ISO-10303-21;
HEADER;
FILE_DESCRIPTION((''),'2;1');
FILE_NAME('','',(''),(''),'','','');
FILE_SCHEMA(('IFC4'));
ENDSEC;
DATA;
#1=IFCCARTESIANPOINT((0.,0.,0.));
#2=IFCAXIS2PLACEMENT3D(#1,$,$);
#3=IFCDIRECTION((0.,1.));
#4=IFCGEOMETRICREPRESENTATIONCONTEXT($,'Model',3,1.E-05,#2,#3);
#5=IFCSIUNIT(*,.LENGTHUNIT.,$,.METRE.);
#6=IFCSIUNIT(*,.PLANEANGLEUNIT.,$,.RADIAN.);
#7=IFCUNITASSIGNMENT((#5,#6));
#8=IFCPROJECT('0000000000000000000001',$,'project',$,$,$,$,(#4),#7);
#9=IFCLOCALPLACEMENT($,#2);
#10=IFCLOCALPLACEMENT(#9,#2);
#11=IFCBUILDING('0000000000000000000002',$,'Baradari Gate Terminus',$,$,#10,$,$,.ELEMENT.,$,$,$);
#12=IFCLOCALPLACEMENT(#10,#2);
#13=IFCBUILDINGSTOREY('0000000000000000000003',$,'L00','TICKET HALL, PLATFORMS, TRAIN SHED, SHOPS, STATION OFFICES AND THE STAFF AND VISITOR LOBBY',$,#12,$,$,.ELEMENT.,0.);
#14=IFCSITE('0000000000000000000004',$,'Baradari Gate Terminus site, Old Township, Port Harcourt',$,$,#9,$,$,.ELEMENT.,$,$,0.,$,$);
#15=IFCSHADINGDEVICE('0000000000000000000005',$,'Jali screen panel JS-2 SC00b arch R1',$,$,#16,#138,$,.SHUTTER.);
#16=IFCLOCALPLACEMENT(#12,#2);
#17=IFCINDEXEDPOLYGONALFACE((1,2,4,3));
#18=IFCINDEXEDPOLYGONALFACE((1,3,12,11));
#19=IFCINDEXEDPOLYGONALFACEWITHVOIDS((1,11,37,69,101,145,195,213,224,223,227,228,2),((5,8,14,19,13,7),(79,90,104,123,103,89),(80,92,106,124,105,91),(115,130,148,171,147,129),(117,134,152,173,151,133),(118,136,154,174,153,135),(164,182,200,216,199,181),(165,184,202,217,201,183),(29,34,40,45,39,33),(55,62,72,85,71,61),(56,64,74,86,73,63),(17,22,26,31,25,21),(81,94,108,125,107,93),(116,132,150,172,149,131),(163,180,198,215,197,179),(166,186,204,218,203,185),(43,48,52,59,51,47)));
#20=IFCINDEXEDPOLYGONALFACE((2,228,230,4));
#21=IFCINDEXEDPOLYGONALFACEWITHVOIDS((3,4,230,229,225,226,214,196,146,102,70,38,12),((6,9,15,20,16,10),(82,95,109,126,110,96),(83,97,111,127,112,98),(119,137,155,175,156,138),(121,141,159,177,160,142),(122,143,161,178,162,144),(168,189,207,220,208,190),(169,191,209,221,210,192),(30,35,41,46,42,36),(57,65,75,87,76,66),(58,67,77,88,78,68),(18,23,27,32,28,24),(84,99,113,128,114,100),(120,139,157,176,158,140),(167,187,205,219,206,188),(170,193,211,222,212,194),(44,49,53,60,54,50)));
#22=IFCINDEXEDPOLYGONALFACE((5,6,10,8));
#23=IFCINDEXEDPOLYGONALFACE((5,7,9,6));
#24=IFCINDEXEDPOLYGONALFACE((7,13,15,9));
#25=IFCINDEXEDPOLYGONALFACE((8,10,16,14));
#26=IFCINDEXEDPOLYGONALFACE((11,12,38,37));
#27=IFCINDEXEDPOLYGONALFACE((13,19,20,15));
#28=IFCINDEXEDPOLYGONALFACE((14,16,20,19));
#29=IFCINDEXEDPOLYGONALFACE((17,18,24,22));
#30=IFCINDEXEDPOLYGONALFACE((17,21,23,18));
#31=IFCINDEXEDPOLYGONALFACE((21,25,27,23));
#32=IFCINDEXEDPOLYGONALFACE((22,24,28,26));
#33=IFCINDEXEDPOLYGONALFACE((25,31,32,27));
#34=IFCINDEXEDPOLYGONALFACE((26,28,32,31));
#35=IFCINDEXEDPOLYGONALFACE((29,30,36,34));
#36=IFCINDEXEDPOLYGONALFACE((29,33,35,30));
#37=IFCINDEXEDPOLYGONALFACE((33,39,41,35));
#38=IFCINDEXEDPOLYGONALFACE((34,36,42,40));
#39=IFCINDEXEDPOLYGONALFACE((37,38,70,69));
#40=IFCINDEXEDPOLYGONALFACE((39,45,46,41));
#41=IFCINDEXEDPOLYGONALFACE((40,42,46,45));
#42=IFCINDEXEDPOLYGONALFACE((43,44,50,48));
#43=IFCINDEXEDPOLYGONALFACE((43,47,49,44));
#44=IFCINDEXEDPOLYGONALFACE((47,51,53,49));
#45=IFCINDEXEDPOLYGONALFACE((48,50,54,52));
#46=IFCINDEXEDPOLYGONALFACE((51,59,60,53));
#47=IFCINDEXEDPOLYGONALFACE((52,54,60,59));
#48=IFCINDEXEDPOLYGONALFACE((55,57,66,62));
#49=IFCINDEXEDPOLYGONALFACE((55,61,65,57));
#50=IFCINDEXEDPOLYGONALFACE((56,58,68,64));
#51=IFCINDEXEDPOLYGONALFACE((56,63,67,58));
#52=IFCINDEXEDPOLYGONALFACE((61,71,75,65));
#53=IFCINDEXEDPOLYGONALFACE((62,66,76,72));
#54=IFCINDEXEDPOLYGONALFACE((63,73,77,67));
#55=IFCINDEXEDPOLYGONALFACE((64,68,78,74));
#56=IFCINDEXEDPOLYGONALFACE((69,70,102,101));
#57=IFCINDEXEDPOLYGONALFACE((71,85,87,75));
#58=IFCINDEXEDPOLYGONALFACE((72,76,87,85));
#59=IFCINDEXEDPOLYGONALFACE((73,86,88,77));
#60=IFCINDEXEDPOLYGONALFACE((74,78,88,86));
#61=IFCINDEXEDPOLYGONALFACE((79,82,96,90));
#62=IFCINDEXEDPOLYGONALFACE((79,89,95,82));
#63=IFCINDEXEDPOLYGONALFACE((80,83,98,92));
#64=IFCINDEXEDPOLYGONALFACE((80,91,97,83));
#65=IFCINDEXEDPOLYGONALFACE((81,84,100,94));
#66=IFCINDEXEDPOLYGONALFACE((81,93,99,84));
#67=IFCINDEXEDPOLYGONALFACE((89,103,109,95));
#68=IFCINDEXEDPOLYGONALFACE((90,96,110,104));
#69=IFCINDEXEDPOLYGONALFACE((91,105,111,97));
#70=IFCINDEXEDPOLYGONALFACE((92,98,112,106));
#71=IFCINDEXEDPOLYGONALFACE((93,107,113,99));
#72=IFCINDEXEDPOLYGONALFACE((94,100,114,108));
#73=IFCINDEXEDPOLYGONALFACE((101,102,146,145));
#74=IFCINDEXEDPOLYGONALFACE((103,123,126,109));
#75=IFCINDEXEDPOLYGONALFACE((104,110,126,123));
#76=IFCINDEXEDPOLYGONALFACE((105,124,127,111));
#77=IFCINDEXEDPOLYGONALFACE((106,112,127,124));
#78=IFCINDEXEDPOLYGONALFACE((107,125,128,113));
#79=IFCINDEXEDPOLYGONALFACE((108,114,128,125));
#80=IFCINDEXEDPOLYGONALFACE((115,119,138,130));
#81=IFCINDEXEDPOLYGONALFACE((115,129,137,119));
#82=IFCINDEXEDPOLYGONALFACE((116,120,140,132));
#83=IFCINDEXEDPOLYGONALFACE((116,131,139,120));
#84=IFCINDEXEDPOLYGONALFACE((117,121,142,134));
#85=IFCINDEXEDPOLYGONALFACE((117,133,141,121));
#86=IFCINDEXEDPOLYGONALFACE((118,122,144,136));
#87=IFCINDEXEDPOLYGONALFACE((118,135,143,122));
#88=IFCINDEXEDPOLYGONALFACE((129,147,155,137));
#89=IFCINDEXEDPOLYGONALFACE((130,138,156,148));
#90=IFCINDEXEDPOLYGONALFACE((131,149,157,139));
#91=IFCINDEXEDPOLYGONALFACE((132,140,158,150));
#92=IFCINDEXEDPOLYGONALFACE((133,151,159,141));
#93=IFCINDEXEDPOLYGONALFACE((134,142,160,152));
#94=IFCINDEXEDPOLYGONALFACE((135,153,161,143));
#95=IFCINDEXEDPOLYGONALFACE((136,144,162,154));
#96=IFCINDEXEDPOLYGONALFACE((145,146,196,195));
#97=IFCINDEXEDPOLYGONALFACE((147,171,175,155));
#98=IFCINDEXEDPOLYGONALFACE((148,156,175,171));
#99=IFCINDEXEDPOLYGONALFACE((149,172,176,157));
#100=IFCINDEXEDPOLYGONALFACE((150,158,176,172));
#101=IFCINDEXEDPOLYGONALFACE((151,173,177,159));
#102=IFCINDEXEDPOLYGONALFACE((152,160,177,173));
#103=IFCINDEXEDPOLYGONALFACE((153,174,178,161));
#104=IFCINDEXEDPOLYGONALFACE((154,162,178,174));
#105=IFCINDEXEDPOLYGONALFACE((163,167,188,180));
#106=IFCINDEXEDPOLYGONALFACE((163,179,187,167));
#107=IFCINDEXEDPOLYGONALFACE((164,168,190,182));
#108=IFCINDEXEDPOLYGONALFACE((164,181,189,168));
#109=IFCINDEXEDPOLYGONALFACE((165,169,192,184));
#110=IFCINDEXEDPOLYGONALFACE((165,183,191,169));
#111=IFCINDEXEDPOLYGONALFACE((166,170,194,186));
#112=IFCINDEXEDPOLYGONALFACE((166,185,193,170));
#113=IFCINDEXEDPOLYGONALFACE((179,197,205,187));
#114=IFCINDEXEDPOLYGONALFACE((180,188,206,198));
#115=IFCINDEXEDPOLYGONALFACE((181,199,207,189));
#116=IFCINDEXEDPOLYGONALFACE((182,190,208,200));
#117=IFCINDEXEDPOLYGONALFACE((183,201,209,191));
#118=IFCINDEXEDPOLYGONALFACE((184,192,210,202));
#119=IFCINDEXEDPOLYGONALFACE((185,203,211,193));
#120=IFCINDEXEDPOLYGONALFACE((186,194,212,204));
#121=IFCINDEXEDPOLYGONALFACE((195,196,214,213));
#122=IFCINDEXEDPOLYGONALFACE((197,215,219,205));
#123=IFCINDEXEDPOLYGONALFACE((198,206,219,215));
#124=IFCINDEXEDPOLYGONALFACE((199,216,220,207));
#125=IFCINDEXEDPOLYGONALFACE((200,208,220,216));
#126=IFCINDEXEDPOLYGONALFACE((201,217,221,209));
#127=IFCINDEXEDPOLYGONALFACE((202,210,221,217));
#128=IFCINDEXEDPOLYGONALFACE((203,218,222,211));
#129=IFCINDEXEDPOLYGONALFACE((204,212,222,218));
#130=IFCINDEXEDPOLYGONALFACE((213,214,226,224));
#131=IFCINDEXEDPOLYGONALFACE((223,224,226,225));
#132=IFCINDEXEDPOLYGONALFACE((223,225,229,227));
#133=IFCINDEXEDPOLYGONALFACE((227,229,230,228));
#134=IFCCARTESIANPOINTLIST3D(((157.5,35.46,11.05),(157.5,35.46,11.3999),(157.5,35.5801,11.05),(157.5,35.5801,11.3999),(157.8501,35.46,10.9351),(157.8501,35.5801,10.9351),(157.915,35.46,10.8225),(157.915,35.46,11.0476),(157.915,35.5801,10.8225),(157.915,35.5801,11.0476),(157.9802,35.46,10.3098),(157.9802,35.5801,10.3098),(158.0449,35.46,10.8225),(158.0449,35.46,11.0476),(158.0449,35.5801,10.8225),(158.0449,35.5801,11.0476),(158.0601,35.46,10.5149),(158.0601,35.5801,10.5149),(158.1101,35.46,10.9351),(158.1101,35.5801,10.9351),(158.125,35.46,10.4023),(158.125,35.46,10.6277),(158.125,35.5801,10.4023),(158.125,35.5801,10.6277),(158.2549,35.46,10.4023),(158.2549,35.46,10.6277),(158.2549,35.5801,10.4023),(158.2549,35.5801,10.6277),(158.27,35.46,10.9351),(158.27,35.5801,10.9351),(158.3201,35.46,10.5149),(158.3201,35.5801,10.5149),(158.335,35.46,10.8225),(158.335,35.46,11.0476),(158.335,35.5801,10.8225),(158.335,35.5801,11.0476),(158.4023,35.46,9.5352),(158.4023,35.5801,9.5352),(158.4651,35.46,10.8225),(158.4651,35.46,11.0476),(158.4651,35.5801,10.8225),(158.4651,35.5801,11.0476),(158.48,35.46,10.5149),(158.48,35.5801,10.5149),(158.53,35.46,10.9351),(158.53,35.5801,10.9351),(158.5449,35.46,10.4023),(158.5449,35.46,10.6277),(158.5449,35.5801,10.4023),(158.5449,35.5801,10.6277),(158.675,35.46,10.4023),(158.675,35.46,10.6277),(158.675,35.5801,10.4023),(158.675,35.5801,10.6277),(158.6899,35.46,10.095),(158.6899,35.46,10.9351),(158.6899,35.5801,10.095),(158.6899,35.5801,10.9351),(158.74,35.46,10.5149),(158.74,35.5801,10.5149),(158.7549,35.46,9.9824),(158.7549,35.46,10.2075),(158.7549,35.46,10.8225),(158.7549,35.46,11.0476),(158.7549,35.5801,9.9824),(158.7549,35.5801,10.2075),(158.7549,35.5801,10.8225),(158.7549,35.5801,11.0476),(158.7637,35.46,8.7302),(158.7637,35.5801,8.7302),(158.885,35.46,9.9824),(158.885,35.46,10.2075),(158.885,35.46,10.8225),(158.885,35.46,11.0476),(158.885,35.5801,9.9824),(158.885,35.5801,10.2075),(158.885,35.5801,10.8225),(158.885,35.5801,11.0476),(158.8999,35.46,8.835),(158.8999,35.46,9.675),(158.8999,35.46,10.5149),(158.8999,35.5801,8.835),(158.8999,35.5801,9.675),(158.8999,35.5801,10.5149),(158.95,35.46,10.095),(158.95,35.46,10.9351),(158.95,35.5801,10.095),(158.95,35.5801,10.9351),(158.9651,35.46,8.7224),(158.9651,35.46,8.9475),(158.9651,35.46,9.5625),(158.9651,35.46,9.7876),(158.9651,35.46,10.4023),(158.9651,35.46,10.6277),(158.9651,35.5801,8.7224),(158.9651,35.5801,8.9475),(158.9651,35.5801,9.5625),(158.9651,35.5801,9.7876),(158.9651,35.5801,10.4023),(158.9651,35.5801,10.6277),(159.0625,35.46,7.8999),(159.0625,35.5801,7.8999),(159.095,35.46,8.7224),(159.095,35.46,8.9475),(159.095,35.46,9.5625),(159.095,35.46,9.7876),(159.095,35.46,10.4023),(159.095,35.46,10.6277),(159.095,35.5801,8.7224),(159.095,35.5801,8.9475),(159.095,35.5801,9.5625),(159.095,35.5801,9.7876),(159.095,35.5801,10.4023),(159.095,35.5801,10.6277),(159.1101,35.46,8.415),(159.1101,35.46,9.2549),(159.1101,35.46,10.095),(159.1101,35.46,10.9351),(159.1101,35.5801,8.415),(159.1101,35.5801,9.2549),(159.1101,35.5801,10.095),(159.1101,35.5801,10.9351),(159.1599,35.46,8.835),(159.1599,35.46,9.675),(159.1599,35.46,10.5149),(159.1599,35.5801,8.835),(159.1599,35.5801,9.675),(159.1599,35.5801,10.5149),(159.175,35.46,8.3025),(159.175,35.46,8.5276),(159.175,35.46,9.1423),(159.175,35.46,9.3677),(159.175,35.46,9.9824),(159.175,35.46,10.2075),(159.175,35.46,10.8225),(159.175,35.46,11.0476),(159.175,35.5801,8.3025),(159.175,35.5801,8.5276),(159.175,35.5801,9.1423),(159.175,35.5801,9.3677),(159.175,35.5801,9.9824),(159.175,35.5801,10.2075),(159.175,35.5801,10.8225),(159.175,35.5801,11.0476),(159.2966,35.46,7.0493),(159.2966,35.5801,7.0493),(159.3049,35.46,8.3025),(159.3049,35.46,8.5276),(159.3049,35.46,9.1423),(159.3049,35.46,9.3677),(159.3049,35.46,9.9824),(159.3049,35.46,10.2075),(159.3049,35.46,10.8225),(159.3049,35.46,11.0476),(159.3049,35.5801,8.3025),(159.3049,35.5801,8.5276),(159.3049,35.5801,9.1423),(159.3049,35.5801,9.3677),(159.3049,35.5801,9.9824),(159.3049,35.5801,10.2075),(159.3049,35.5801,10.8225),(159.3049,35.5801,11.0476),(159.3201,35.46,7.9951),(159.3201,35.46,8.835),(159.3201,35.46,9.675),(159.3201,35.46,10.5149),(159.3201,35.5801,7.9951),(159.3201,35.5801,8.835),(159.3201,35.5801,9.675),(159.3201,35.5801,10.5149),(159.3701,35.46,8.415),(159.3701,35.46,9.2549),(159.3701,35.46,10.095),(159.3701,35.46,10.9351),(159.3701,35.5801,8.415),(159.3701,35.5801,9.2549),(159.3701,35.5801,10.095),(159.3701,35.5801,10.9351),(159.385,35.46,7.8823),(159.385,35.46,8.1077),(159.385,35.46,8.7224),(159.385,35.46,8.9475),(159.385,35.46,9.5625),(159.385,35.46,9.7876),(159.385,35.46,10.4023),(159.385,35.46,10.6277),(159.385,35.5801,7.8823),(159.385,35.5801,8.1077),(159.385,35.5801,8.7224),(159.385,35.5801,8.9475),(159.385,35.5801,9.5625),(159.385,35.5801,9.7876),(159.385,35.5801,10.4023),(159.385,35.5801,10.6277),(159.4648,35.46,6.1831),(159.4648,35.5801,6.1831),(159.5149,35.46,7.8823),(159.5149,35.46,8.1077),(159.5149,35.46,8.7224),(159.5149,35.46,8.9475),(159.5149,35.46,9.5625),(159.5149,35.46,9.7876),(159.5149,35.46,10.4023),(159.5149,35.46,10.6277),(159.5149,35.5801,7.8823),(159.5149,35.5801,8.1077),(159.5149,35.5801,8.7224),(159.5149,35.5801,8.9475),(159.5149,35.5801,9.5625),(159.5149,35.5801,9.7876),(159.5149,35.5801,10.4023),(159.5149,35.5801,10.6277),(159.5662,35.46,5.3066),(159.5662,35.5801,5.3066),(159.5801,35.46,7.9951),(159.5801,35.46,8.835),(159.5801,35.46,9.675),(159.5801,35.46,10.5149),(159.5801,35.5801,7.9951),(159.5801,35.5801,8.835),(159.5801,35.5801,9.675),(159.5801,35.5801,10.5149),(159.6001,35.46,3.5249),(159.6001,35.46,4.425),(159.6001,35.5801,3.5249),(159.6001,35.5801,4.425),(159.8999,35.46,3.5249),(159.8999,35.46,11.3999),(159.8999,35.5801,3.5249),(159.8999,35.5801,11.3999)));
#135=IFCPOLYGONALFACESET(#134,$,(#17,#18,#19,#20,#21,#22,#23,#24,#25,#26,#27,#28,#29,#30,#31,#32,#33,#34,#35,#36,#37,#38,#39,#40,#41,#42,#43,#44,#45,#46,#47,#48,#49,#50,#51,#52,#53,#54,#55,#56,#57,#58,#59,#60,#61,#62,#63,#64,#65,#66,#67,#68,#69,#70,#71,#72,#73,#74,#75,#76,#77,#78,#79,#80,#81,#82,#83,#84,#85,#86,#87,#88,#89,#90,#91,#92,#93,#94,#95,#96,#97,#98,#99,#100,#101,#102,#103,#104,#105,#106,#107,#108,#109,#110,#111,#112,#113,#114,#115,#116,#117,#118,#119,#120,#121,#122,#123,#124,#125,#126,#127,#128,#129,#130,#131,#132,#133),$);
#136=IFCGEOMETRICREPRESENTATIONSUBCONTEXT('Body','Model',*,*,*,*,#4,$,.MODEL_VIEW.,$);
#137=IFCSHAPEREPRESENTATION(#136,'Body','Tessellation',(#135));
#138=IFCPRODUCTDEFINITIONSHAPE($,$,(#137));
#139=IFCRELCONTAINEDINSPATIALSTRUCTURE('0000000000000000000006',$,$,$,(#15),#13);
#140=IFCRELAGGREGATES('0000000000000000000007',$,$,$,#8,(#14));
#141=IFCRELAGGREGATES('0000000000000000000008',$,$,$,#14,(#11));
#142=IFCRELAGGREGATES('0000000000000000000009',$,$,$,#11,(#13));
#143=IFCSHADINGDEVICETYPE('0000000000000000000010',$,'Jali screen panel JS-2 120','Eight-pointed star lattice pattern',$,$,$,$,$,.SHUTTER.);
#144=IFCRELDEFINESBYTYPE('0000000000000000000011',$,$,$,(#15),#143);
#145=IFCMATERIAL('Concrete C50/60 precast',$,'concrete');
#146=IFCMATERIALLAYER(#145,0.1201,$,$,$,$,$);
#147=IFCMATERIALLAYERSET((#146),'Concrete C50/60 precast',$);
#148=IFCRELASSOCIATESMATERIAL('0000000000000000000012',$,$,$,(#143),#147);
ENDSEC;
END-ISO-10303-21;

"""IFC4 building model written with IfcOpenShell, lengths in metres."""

from ifc_helpers import new_model, si_unit, direction, frame, origin, place, context, subcontext, project, spatial, polyline, outline, extrude, material, layer, layer_set, type_object, element, save


model = new_model("IFC4")

# Units and contexts
model_context = context("Model", 3, precision=1e-05, world=origin(), true_north=direction((0.0, 1.0)))
body_context = subcontext(model_context, "Body", "Model", "MODEL_VIEW")
ifc_project = project(units=[si_unit("LENGTHUNIT", "METRE"), si_unit("PLANEANGLEUNIT", "RADIAN")], contexts=[model_context])

# Site, building, storey
site_placement = place(None, origin())
site = spatial("IfcSite", under=ifc_project, at=site_placement, Name="Baradari Gate Terminus site, Old Township, Port Harcourt", CompositionType="ELEMENT", RefElevation=0.0)
building_placement = place(site_placement, origin())
building = spatial("IfcBuilding", under=site, at=building_placement, Name="Baradari Gate Terminus", CompositionType="ELEMENT")
storey_placement = place(building_placement, origin())
storey = spatial("IfcBuildingStorey", under=building, at=storey_placement, Name="L00", Description="TICKET HALL, PLATFORMS, TRAIN SHED, SHOPS, STATION OFFICES AND THE STAFF AND VISITOR LOBBY", CompositionType="ELEMENT", Elevation=0.0)

# Shading device
ifc_material_1 = material(Name="Concrete C50/60 precast", Category="concrete")
ifc_layer_1 = layer(ifc_material_1, 0.1201)
ifc_layer_set_1 = layer_set([ifc_layer_1], Name="Concrete C50/60 precast")
shading_device_type = type_object("IfcShadingDeviceType", Name="Jali screen panel JS-2 120", Description="Eight-pointed star lattice pattern", PredefinedType="SHUTTER", material=ifc_layer_set_1)
shading_device_1_placement = place(storey_placement, frame((157.5, 35.52, 3.5249), z_axis=(0.0, 0.0, 1.0), x_axis=(1.0, 0.0, 0.0)))
element("IfcShadingDevice", 1, at=shading_device_1_placement, inside=storey, type_object=shading_device_type, Name="Jali screen panel JS-2 SC00b arch R1", PredefinedType="SHUTTER", context=body_context, shape_type="SweptSolid", body=[
    extrude(outline(polyline([(0.0, 7.875), (0.0, 7.5251), (0.4802, 6.7849), (0.9023, 6.0103), (1.2637, 5.2053), (1.5625, 4.375), (1.7966, 3.5244), (1.9648, 2.6582), (2.0662, 1.7817), (2.1001, 0.9001), (2.1001, 0.0), (2.3999, 0.0), (2.3999, 7.875), (0.0, 7.875)]), holes=[polyline([(2.0801, 4.4702), (2.0149, 4.3574), (1.885, 4.3574), (1.8201, 4.4702), (1.885, 4.5828), (2.0149, 4.5828), (2.0801, 4.4702)]), polyline([(1.8701, 4.8901), (1.8049, 4.7776), (1.675, 4.7776), (1.6101, 4.8901), (1.675, 5.0027), (1.8049, 5.0027), (1.8701, 4.8901)]), polyline([(1.6599, 5.3101), (1.595, 5.1975), (1.4651, 5.1975), (1.3999, 5.3101), (1.4651, 5.4226), (1.595, 5.4226), (1.6599, 5.3101)]), polyline([(2.0801, 5.3101), (2.0149, 5.1975), (1.885, 5.1975), (1.8201, 5.3101), (1.885, 5.4226), (2.0149, 5.4226), (2.0801, 5.3101)]), polyline([(1.8701, 5.73), (1.8049, 5.6174), (1.675, 5.6174), (1.6101, 5.73), (1.675, 5.8428), (1.8049, 5.8428), (1.8701, 5.73)]), polyline([(1.6599, 6.1501), (1.595, 6.0376), (1.4651, 6.0376), (1.3999, 6.1501), (1.4651, 6.2627), (1.595, 6.2627), (1.6599, 6.1501)]), polyline([(2.0801, 6.1501), (2.0149, 6.0376), (1.885, 6.0376), (1.8201, 6.1501), (1.885, 6.2627), (2.0149, 6.2627), (2.0801, 6.1501)]), polyline([(1.45, 6.5701), (1.385, 6.4575), (1.2549, 6.4575), (1.1899, 6.5701), (1.2549, 6.6826), (1.385, 6.6826), (1.45, 6.5701)]), polyline([(1.8701, 6.5701), (1.8049, 6.4575), (1.675, 6.4575), (1.6101, 6.5701), (1.675, 6.6826), (1.8049, 6.6826), (1.8701, 6.5701)]), polyline([(0.8201, 6.99), (0.7549, 6.8774), (0.625, 6.8774), (0.5601, 6.99), (0.625, 7.1028), (0.7549, 7.1028), (0.8201, 6.99)]), polyline([(1.24, 6.99), (1.175, 6.8774), (1.0449, 6.8774), (0.98, 6.99), (1.0449, 7.1028), (1.175, 7.1028), (1.24, 6.99)]), polyline([(1.6599, 6.99), (1.595, 6.8774), (1.4651, 6.8774), (1.3999, 6.99), (1.4651, 7.1028), (1.595, 7.1028), (1.6599, 6.99)]), polyline([(2.0801, 6.99), (2.0149, 6.8774), (1.885, 6.8774), (1.8201, 6.99), (1.885, 7.1028), (2.0149, 7.1028), (2.0801, 6.99)]), polyline([(0.6101, 7.4102), (0.5449, 7.2976), (0.415, 7.2976), (0.3501, 7.4102), (0.415, 7.5227), (0.5449, 7.5227), (0.6101, 7.4102)]), polyline([(1.03, 7.4102), (0.9651, 7.2976), (0.835, 7.2976), (0.77, 7.4102), (0.835, 7.5227), (0.9651, 7.5227), (1.03, 7.4102)]), polyline([(1.45, 7.4102), (1.385, 7.2976), (1.2549, 7.2976), (1.1899, 7.4102), (1.2549, 7.5227), (1.385, 7.5227), (1.45, 7.4102)]), polyline([(1.8701, 7.4102), (1.8049, 7.2976), (1.675, 7.2976), (1.6101, 7.4102), (1.675, 7.5227), (1.8049, 7.5227), (1.8701, 7.4102)])]), frame((0.0, 0.0601, 0.0), z_axis=(0.0, -1.0, 0.0), x_axis=(1.0, 0.0, 0.0)), (0.0, 0.0, 1.0), 0.1201),
])

save(model, "model.ifc")
